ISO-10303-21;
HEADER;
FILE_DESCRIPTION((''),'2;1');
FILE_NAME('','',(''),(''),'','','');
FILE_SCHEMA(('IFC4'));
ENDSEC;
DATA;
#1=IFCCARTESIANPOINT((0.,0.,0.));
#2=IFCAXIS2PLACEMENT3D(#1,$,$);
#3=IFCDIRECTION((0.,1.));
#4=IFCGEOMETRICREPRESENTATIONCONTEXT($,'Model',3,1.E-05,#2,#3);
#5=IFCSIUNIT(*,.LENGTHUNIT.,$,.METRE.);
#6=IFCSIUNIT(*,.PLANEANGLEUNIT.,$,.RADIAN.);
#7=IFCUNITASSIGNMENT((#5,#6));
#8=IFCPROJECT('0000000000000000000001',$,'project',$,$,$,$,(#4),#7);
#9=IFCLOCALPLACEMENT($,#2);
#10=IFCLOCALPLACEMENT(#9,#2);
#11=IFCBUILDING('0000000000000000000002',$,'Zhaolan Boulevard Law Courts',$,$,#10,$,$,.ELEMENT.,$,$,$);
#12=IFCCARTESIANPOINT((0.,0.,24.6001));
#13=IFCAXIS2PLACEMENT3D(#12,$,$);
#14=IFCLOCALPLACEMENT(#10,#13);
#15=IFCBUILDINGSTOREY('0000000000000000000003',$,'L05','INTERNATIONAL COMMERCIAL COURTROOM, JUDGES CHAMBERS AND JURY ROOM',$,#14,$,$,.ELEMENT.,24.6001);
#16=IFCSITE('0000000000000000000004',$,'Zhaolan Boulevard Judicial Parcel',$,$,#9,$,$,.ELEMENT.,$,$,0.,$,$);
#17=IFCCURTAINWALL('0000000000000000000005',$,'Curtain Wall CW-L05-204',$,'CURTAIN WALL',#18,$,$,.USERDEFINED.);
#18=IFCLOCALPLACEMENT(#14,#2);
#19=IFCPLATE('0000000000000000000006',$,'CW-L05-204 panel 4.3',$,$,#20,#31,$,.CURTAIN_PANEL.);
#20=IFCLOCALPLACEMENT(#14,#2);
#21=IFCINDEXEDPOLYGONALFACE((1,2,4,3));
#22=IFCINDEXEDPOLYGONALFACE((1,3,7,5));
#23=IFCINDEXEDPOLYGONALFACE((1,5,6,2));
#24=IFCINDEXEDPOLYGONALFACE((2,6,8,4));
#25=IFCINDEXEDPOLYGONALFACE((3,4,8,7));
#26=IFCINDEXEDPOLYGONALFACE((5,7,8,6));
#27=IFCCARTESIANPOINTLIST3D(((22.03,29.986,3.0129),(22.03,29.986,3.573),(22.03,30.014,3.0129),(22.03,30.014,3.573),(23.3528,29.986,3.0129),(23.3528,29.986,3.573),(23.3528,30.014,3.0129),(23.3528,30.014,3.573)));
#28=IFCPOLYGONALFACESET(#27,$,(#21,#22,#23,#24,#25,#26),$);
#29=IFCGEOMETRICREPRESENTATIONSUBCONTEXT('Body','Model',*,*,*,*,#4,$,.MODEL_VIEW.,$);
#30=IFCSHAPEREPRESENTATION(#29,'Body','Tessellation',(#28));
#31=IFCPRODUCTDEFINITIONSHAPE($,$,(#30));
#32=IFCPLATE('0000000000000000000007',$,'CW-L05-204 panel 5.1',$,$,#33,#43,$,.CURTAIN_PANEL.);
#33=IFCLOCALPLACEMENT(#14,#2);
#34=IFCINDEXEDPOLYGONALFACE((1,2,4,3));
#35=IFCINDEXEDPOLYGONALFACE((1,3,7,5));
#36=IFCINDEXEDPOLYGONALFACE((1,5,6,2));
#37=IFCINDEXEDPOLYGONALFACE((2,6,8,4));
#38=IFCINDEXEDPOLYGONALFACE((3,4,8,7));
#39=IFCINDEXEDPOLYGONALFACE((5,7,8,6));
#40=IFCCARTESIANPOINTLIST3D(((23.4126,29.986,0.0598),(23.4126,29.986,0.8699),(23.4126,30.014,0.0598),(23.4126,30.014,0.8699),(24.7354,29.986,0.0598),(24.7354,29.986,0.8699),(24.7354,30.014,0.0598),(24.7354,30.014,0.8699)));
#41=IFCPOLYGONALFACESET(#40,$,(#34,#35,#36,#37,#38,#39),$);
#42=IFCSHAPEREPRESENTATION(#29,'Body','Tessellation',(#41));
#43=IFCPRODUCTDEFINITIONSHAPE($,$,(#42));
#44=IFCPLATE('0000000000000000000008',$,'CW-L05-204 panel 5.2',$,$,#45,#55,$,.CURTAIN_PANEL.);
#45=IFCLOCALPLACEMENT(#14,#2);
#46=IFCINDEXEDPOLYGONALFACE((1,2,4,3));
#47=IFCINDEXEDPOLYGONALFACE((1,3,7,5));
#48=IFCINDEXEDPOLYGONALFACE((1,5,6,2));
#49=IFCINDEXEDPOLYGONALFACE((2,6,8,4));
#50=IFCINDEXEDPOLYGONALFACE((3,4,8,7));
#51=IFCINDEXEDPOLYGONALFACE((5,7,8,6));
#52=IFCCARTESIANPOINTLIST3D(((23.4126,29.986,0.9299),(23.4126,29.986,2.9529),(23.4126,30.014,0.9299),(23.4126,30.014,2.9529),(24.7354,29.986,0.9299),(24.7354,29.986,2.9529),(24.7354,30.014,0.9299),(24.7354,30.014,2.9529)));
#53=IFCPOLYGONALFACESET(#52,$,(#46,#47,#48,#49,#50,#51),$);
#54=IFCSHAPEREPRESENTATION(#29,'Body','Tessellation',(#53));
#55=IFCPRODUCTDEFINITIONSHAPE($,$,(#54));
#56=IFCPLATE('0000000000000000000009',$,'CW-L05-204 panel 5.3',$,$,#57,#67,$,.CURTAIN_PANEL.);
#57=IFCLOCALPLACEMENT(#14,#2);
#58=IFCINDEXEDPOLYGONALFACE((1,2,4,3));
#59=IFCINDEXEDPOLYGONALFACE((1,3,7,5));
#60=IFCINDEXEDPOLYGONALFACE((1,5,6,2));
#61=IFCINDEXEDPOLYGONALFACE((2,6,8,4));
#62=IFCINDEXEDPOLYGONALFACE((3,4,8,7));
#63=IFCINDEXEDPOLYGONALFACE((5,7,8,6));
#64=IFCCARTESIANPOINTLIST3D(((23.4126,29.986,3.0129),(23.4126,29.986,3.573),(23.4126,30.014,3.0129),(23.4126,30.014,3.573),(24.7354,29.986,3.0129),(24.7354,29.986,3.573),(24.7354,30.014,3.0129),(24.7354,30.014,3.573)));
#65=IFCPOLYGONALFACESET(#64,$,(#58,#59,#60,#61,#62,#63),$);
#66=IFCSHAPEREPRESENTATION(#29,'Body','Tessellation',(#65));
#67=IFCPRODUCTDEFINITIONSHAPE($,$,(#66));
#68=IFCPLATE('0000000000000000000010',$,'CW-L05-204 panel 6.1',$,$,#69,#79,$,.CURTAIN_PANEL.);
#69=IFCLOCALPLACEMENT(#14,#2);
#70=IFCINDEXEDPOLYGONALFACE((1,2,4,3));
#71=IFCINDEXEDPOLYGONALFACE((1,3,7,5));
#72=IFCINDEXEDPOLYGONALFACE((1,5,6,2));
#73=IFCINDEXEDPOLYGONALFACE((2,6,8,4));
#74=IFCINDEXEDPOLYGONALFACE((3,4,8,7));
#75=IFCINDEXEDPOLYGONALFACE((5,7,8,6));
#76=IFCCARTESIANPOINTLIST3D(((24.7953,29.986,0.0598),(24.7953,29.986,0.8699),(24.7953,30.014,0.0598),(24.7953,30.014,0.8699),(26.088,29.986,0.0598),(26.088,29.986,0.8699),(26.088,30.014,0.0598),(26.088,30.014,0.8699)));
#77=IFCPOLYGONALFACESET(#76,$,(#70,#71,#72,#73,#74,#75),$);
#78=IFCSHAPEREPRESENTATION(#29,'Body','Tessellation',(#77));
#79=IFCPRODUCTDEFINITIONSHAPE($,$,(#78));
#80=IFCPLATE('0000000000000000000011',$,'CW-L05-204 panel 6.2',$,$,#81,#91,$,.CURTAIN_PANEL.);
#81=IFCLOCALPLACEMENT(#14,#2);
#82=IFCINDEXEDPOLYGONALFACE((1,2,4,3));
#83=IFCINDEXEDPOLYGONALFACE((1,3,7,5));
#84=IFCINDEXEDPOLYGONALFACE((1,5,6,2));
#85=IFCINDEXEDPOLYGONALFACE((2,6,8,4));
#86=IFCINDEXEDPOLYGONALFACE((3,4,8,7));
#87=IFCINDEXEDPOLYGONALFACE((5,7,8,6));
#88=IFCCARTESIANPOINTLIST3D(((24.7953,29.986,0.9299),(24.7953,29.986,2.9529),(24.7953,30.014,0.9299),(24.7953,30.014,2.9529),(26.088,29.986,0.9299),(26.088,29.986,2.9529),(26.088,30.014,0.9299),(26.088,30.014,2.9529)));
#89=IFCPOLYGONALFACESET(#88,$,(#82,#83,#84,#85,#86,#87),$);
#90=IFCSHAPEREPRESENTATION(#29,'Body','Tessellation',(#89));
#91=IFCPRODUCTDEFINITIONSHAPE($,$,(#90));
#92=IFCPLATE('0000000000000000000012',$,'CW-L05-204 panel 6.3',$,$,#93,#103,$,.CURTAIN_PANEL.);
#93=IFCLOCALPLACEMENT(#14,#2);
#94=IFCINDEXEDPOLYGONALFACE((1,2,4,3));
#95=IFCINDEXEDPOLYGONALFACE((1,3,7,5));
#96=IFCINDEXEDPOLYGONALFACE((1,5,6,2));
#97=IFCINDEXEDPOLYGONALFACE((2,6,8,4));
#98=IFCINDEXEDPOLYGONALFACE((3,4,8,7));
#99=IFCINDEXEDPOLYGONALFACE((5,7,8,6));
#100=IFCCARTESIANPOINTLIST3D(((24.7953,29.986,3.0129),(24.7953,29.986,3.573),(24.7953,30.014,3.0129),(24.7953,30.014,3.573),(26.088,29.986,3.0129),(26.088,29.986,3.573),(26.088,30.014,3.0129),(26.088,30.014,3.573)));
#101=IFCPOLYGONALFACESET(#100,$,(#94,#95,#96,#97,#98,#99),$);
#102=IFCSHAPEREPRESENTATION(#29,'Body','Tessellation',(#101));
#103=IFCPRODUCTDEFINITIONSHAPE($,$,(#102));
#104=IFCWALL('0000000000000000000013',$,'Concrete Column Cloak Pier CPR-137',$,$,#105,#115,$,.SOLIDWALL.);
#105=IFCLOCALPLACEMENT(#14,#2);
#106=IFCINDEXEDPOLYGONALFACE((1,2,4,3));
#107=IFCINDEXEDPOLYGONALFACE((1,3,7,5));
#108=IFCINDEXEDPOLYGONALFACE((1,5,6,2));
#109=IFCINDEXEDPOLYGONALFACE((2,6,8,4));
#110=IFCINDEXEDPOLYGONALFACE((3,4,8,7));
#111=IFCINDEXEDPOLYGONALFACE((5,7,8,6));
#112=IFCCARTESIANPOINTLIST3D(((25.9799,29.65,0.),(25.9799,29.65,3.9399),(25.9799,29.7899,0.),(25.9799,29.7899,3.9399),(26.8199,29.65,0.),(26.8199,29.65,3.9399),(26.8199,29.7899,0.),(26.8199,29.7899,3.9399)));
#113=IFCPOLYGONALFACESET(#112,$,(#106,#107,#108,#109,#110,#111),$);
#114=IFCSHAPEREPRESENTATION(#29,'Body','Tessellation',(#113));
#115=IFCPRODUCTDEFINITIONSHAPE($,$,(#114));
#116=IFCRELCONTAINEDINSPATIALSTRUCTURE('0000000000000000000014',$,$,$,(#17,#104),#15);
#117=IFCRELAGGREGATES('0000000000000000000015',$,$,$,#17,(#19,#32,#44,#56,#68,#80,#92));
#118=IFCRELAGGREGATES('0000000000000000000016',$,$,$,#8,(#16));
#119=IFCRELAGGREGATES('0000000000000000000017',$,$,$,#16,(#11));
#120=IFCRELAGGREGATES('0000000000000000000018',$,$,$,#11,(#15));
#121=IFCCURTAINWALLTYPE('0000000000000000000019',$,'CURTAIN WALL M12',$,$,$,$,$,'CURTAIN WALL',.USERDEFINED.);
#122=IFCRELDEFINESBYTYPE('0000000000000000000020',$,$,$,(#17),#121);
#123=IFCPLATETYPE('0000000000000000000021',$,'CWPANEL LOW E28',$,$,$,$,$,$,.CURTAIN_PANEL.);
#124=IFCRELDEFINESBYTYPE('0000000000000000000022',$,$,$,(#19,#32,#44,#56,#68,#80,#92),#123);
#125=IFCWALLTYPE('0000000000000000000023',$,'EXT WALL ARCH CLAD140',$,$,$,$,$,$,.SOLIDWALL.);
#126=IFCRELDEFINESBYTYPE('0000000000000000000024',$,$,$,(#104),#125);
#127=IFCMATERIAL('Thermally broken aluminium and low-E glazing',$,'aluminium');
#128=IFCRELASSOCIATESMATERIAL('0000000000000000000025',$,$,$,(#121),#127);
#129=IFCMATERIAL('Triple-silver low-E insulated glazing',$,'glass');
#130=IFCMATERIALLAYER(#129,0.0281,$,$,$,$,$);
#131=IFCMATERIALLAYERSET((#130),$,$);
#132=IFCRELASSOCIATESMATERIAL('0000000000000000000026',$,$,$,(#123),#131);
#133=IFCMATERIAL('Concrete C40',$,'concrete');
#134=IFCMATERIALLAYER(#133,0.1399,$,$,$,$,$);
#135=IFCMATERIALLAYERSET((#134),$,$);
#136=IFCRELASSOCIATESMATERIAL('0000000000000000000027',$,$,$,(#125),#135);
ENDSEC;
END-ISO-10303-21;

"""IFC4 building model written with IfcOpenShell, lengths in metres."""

from ifc_helpers import new_model, si_unit, direction, frame, frame_2d, origin, origin_2d, place, context, subcontext, project, spatial, rectangle, extrude, material, layer, layer_set, type_object, element, aggregate, save


model = new_model("IFC4")

# Units and contexts
model_context = context("Model", 3, precision=1e-05, world=origin(), true_north=direction((0.0, 1.0)))
body_context = subcontext(model_context, "Body", "Model", "MODEL_VIEW")
ifc_project = project(units=[si_unit("LENGTHUNIT", "METRE"), si_unit("PLANEANGLEUNIT", "RADIAN")], contexts=[model_context])

# Site, building, storey
site_placement = place(None, origin())
site = spatial("IfcSite", under=ifc_project, at=site_placement, Name="Zhaolan Boulevard Judicial Parcel", CompositionType="ELEMENT", RefElevation=0.0)
building_placement = place(site_placement, origin())
building = spatial("IfcBuilding", under=site, at=building_placement, Name="Zhaolan Boulevard Law Courts", CompositionType="ELEMENT")
storey_placement = place(building_placement, frame((0.0, 0.0, 24.6001)))
storey = spatial("IfcBuildingStorey", under=building, at=storey_placement, Name="L05", Description="INTERNATIONAL COMMERCIAL COURTROOM, JUDGES CHAMBERS AND JURY ROOM", CompositionType="ELEMENT", Elevation=24.6001)

# Curtain wall, plates
ifc_material_1 = material(Name="Thermally broken aluminium and low-E glazing", Category="aluminium")
curtain_wall_type = type_object("IfcCurtainWallType", Name="CURTAIN WALL M12", ElementType="CURTAIN WALL", PredefinedType="USERDEFINED", material=ifc_material_1)
curtain_wall_placement = place(storey_placement, origin())
curtain_wall = element("IfcCurtainWall", 1, at=curtain_wall_placement, inside=storey, type_object=curtain_wall_type, Name="Curtain Wall CW-L05-204", ObjectType="CURTAIN WALL", PredefinedType="USERDEFINED")
ifc_material_2 = material(Name="Triple-silver low-E insulated glazing", Category="glass")
ifc_layer_1 = layer(ifc_material_2, 0.0281)
ifc_layer_set_1 = layer_set([ifc_layer_1])
plate_type = type_object("IfcPlateType", Name="CWPANEL LOW E28", PredefinedType="CURTAIN_PANEL", material=ifc_layer_set_1)
plate_1_placement = place(storey_placement, frame((22.6914, 30.0, 3.0129), z_axis=(0.0, 0.0, 1.0), x_axis=(1.0, 0.0, 0.0)))
plate_1 = element("IfcPlate", 2, at=plate_1_placement, type_object=plate_type, Name="CW-L05-204 panel 4.3", PredefinedType="CURTAIN_PANEL", context=body_context, shape_type="SweptSolid", body=[
    extrude(rectangle(XDim=1.3228, YDim=0.0281, at=origin_2d()), origin(), (0.0, 0.0, 1.0), 0.5601),
])
plate_2_placement = place(storey_placement, frame((24.074, 30.0, 0.0598), z_axis=(0.0, 0.0, 1.0), x_axis=(1.0, 0.0, 0.0)))
plate_2 = element("IfcPlate", 3, at=plate_2_placement, type_object=plate_type, Name="CW-L05-204 panel 5.1", PredefinedType="CURTAIN_PANEL", context=body_context, shape_type="SweptSolid", body=[
    extrude(rectangle(XDim=1.3228, YDim=0.0281, at=origin_2d()), origin(), (0.0, 0.0, 1.0), 0.8101),
])
plate_3_placement = place(storey_placement, frame((24.074, 30.0, 0.9299), z_axis=(0.0, 0.0, 1.0), x_axis=(1.0, 0.0, 0.0)))
plate_3 = element("IfcPlate", 4, at=plate_3_placement, type_object=plate_type, Name="CW-L05-204 panel 5.2", PredefinedType="CURTAIN_PANEL", context=body_context, shape_type="SweptSolid", body=[
    extrude(rectangle(XDim=1.3228, YDim=0.0281, at=origin_2d()), origin(), (0.0, 0.0, 1.0), 2.0229),
])
plate_4_placement = place(storey_placement, frame((24.074, 30.0, 3.0129), z_axis=(0.0, 0.0, 1.0), x_axis=(1.0, 0.0, 0.0)))
plate_4 = element("IfcPlate", 5, at=plate_4_placement, type_object=plate_type, Name="CW-L05-204 panel 5.3", PredefinedType="CURTAIN_PANEL", context=body_context, shape_type="SweptSolid", body=[
    extrude(rectangle(XDim=1.3228, YDim=0.0281, at=origin_2d()), origin(), (0.0, 0.0, 1.0), 0.5601),
])
plate_5_placement = place(storey_placement, frame((25.4417, 30.0, 0.0598), z_axis=(0.0, 0.0, 1.0), x_axis=(1.0, 0.0, 0.0)))
plate_5 = element("IfcPlate", 6, at=plate_5_placement, type_object=plate_type, Name="CW-L05-204 panel 6.1", PredefinedType="CURTAIN_PANEL", context=body_context, shape_type="SweptSolid", body=[
    extrude(rectangle(XDim=1.2927, YDim=0.0281, at=origin_2d()), origin(), (0.0, 0.0, 1.0), 0.8101),
])
plate_6_placement = place(storey_placement, frame((25.4417, 30.0, 0.9299), z_axis=(0.0, 0.0, 1.0), x_axis=(1.0, 0.0, 0.0)))
plate_6 = element("IfcPlate", 7, at=plate_6_placement, type_object=plate_type, Name="CW-L05-204 panel 6.2", PredefinedType="CURTAIN_PANEL", context=body_context, shape_type="SweptSolid", body=[
    extrude(rectangle(XDim=1.2927, YDim=0.0281, at=origin_2d()), origin(), (0.0, 0.0, 1.0), 2.0229),
])
plate_7_placement = place(storey_placement, frame((25.4417, 30.0, 3.0129), z_axis=(0.0, 0.0, 1.0), x_axis=(1.0, 0.0, 0.0)))
plate_7 = element("IfcPlate", 8, at=plate_7_placement, type_object=plate_type, Name="CW-L05-204 panel 6.3", PredefinedType="CURTAIN_PANEL", context=body_context, shape_type="SweptSolid", body=[
    extrude(rectangle(XDim=1.2927, YDim=0.0281, at=origin_2d()), origin(), (0.0, 0.0, 1.0), 0.5601),
])
aggregate(curtain_wall, [plate_1, plate_2, plate_3, plate_4, plate_5, plate_6, plate_7])

# Wall
ifc_material_3 = material(Name="Concrete C40", Category="concrete")
ifc_layer_2 = layer(ifc_material_3, 0.1399)
ifc_layer_set_2 = layer_set([ifc_layer_2])
wall_type = type_object("IfcWallType", Name="EXT WALL ARCH CLAD140", PredefinedType="SOLIDWALL", material=ifc_layer_set_2)
wall_placement = place(storey_placement, frame((25.98, 29.72, 0.0), z_axis=(0.0, 0.0, 1.0), x_axis=(1.0, 0.0, 0.0)))
element("IfcWall", 9, at=wall_placement, inside=storey, type_object=wall_type, Name="Concrete Column Cloak Pier CPR-137", PredefinedType="SOLIDWALL", context=body_context, shape_type="SweptSolid", body=[
    extrude(rectangle(XDim=0.8401, YDim=0.1399, at=frame_2d((0.4199, 0.0))), origin(), (0.0, 0.0, 1.0), 3.9399),
])

save(model, "model.ifc")
